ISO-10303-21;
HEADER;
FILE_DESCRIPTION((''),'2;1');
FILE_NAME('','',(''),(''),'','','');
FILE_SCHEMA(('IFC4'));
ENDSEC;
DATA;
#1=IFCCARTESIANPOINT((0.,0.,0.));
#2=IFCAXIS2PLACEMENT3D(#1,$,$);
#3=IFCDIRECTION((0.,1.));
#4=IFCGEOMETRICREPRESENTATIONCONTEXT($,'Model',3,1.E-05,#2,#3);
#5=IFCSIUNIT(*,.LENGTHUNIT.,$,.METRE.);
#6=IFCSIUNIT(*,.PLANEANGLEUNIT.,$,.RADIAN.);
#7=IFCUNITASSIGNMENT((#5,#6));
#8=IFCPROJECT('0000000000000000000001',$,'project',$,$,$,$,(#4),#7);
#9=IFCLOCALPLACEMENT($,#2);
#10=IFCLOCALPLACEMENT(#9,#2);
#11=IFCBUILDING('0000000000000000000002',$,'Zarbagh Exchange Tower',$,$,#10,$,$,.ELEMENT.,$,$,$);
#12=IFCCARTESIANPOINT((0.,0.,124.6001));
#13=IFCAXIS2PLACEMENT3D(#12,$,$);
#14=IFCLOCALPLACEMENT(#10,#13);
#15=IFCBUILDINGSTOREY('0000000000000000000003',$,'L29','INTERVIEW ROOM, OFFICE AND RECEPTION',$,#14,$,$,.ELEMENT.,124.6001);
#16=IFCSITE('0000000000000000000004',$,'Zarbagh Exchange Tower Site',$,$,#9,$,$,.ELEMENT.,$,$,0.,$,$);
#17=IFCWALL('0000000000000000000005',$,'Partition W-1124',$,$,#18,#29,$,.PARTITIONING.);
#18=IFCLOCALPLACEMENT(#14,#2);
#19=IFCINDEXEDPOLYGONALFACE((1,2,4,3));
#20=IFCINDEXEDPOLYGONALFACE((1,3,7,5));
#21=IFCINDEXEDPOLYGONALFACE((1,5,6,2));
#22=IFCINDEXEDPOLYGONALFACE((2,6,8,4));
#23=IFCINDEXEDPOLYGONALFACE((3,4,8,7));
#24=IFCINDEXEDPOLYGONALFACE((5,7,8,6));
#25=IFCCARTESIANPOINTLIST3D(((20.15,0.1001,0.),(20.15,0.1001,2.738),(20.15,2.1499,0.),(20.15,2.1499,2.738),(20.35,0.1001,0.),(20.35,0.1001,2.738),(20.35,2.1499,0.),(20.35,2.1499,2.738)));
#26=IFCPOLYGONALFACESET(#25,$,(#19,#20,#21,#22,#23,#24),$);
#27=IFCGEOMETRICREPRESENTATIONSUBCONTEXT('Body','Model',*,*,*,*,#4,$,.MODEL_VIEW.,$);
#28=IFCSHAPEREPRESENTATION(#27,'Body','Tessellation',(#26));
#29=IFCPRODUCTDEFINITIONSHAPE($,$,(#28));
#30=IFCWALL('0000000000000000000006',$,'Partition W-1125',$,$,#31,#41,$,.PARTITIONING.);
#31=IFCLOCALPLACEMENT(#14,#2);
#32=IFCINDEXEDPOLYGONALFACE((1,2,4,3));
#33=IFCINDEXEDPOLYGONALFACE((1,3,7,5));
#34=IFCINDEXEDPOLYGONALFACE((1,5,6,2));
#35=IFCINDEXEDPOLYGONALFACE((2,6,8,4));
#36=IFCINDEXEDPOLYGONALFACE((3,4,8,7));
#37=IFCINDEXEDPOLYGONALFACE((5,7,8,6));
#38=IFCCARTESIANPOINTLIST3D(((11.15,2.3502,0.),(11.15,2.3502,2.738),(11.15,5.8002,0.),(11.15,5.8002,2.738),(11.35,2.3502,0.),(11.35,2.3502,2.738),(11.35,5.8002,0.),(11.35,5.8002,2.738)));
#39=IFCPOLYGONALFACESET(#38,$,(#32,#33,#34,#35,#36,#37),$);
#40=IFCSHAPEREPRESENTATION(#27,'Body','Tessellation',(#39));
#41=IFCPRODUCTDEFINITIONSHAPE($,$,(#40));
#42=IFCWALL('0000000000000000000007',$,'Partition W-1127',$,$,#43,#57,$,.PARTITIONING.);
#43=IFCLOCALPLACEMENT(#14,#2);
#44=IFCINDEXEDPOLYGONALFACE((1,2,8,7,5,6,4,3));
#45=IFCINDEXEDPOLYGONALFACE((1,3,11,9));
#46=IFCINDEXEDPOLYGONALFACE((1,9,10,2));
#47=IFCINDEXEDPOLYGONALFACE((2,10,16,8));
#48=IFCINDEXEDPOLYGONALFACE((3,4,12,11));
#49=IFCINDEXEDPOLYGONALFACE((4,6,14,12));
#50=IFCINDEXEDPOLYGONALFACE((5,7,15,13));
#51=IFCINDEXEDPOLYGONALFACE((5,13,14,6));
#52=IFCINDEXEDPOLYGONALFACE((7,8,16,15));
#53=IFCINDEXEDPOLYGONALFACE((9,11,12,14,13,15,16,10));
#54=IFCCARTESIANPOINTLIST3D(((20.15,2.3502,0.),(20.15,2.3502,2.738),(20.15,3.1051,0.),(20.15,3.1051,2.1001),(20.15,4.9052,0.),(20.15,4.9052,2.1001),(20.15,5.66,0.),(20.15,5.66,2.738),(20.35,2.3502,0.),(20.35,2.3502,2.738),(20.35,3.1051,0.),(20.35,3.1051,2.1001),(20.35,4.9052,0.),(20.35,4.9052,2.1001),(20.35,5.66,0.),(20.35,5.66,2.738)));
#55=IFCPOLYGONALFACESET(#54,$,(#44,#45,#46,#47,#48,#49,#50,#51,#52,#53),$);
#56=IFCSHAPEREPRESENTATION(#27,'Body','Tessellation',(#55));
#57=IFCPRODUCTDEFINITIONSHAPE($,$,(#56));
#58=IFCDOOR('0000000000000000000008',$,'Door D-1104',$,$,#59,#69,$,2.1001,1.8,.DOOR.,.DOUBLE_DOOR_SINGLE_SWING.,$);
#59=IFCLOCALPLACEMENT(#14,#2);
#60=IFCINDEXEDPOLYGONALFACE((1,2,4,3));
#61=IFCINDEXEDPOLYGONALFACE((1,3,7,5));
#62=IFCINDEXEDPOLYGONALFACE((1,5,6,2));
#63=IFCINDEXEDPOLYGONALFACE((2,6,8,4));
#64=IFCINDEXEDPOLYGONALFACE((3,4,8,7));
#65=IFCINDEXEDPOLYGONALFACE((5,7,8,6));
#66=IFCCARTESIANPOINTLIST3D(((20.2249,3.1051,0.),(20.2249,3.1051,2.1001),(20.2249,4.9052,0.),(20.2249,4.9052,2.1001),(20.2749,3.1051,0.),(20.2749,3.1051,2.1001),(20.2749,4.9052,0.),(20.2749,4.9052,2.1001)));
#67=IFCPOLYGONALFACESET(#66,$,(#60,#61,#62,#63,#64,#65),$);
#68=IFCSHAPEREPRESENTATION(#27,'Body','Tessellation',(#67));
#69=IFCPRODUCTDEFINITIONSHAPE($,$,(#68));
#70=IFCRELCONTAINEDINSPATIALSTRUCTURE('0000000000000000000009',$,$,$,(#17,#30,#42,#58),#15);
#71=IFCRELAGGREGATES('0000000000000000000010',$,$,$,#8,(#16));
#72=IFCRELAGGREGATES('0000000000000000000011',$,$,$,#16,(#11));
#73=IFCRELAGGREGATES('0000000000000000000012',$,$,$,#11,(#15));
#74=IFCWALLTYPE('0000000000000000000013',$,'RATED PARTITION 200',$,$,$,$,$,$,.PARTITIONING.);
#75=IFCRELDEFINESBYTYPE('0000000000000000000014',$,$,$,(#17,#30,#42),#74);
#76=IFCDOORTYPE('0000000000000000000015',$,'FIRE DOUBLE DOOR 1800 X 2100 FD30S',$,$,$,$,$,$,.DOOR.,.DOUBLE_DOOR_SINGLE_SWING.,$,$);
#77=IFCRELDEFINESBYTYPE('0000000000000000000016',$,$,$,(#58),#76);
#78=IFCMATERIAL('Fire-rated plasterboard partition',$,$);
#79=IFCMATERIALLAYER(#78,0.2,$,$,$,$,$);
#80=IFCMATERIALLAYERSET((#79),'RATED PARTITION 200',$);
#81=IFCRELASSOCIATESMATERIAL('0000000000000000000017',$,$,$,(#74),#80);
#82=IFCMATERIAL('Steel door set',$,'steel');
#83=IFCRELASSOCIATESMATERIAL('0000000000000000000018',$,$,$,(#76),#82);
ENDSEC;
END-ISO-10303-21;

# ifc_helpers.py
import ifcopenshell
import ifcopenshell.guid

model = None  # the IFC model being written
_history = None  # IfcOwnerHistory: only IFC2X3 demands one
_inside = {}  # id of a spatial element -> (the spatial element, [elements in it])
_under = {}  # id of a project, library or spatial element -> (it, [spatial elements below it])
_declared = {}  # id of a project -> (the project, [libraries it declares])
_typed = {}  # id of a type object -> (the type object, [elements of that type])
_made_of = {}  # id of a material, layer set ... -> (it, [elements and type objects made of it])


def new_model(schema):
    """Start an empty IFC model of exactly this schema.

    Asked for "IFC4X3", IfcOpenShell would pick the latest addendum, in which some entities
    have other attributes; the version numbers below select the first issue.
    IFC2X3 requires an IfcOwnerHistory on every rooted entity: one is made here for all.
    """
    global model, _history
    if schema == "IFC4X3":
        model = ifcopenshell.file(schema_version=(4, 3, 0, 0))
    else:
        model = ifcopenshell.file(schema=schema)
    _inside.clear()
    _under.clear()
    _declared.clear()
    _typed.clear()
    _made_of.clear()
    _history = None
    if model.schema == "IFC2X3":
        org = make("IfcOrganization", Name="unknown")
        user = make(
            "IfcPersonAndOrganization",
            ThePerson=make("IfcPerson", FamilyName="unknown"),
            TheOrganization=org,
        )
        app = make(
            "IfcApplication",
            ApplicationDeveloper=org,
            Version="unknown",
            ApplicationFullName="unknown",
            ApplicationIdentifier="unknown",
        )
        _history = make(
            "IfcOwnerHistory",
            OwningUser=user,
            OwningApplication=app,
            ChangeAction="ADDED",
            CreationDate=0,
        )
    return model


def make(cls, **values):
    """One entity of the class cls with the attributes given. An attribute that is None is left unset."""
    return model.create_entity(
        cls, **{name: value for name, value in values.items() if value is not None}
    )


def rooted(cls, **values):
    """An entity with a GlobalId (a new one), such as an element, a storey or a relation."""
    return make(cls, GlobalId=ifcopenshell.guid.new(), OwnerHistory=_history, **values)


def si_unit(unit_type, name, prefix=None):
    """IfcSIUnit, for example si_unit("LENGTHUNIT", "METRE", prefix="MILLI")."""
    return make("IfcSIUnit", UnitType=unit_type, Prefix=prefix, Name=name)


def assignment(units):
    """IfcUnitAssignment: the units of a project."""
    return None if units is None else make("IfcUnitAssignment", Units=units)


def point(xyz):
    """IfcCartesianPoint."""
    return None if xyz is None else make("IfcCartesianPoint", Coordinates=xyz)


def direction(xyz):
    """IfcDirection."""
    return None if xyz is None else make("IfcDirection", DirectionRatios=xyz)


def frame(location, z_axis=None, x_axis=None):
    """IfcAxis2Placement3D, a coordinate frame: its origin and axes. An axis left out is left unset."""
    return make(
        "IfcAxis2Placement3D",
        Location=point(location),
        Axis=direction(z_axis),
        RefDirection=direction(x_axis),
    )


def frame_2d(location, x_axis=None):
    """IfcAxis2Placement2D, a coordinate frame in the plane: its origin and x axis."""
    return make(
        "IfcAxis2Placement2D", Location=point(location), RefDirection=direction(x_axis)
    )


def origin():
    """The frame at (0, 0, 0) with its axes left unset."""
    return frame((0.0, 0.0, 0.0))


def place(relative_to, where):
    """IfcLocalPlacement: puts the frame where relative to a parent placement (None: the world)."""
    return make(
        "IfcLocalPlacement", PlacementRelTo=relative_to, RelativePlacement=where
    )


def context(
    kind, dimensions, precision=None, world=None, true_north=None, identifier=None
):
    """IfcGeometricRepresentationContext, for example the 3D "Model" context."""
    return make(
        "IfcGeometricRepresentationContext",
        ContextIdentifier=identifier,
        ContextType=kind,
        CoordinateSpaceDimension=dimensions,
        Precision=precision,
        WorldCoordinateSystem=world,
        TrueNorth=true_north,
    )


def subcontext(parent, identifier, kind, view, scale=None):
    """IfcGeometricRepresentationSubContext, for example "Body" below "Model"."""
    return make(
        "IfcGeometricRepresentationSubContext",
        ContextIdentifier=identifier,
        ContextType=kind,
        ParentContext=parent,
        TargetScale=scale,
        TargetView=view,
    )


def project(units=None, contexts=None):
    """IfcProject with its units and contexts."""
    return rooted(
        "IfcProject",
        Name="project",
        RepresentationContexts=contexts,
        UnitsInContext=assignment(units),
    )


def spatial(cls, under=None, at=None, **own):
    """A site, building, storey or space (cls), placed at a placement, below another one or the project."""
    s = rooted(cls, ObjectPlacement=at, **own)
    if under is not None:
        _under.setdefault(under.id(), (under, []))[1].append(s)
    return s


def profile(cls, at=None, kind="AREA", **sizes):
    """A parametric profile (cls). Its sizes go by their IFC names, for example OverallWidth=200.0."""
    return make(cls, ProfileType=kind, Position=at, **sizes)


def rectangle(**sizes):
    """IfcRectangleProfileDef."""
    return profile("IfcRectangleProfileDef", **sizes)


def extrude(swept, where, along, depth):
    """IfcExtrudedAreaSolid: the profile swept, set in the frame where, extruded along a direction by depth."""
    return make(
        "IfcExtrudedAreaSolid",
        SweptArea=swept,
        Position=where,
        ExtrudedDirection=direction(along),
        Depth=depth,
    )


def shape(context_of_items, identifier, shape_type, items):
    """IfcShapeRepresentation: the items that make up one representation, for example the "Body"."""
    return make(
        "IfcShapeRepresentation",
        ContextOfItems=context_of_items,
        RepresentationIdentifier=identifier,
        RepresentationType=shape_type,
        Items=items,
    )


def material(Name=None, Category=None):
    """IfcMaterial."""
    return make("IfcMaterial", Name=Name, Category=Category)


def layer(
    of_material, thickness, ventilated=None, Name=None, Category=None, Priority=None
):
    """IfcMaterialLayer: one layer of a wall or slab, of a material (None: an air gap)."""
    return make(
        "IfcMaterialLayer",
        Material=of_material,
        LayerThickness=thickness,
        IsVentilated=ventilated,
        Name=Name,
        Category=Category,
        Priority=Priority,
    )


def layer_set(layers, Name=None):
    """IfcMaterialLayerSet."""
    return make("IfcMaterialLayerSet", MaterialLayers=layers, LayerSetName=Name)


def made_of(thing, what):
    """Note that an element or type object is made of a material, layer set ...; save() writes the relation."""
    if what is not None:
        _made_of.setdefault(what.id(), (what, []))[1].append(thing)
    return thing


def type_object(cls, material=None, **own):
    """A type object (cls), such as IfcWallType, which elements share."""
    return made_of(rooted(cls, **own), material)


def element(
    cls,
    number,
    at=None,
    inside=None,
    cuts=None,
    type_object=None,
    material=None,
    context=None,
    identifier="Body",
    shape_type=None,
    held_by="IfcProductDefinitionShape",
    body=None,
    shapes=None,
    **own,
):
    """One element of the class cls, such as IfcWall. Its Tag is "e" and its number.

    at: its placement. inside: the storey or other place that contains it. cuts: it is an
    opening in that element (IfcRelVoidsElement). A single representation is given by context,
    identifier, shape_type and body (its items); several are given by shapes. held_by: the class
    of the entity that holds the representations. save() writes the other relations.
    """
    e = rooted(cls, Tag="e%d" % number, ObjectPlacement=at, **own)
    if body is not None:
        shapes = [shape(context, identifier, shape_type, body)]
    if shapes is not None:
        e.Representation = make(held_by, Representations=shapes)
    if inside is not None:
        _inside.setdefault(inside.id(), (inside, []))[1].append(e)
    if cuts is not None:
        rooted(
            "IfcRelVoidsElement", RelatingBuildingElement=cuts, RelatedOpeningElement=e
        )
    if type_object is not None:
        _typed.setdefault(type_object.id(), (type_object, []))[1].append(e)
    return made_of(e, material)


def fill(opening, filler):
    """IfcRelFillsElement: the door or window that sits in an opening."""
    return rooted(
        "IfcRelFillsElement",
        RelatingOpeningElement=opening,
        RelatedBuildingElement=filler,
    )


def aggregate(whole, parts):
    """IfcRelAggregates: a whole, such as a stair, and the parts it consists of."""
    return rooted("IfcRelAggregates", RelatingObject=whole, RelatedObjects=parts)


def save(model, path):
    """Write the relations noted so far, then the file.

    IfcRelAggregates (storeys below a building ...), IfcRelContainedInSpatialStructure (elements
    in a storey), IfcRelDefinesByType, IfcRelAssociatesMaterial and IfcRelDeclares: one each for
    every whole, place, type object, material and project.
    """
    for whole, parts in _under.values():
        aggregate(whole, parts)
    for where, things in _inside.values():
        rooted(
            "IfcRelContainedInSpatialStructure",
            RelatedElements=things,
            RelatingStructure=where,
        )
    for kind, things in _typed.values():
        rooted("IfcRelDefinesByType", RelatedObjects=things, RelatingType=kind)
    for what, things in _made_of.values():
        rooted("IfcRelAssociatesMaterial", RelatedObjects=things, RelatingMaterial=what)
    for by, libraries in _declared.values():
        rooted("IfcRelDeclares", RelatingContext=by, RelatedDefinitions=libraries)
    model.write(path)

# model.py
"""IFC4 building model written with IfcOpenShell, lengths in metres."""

from ifc_helpers import new_model, si_unit, direction, frame, frame_2d, origin, place, context, subcontext, project, spatial, rectangle, extrude, material, layer, layer_set, type_object, element, fill, save


model = new_model("IFC4")

# Units and contexts
model_context = context("Model", 3, precision=1e-05, world=origin(), true_north=direction((0.0, 1.0)))
body_context = subcontext(model_context, "Body", "Model", "MODEL_VIEW")
ifc_project = project(units=[si_unit("LENGTHUNIT", "METRE"), si_unit("PLANEANGLEUNIT", "RADIAN")], contexts=[model_context])

# Site, building, storey
site_placement = place(None, origin())
site = spatial("IfcSite", under=ifc_project, at=site_placement, Name="Zarbagh Exchange Tower Site", CompositionType="ELEMENT", RefElevation=0.0)
building_placement = place(site_placement, origin())
building = spatial("IfcBuilding", under=site, at=building_placement, Name="Zarbagh Exchange Tower", CompositionType="ELEMENT")
storey_placement = place(building_placement, frame((0.0, 0.0, 124.6001)))
storey = spatial("IfcBuildingStorey", under=building, at=storey_placement, Name="L29", Description="INTERVIEW ROOM, OFFICE AND RECEPTION", CompositionType="ELEMENT", Elevation=124.6001)

# Shared definitions
ifc_material_1 = material(Name="Fire-rated plasterboard partition")
ifc_layer = layer(ifc_material_1, 0.2)
ifc_layer_set = layer_set([ifc_layer], Name="RATED PARTITION 200")
wall_type = type_object("IfcWallType", Name="RATED PARTITION 200", PredefinedType="PARTITIONING", material=ifc_layer_set)
ifc_material_2 = material(Name="Steel door set", Category="steel")

# Walls
wall_1_placement = place(storey_placement, frame((20.25, 0.1001, 0.0), z_axis=(0.0, 0.0, 1.0), x_axis=(0.0, 1.0, 0.0)))
element("IfcWall", 1, at=wall_1_placement, inside=storey, type_object=wall_type, Name="Partition W-1124", PredefinedType="PARTITIONING", context=body_context, shape_type="SweptSolid", body=[
    extrude(rectangle(XDim=2.0498, YDim=0.2, at=frame_2d((1.0249, 0.0))), origin(), (0.0, 0.0, 1.0), 2.738),
])
wall_2_placement = place(storey_placement, frame((11.25, 2.3501, 0.0), z_axis=(0.0, 0.0, 1.0), x_axis=(0.0, 1.0, 0.0)))
element("IfcWall", 2, at=wall_2_placement, inside=storey, type_object=wall_type, Name="Partition W-1125", PredefinedType="PARTITIONING", context=body_context, shape_type="SweptSolid", body=[
    extrude(rectangle(XDim=3.45, YDim=0.2, at=frame_2d((1.7251, 0.0))), origin(), (0.0, 0.0, 1.0), 2.738),
])

# Wall, opening, door
wall_3_placement = place(storey_placement, frame((20.25, 5.6599, 0.0), z_axis=(0.0, 0.0, 1.0), x_axis=(0.0, -1.0, 0.0)))
wall_3 = element("IfcWall", 3, at=wall_3_placement, inside=storey, type_object=wall_type, Name="Partition W-1127", PredefinedType="PARTITIONING", context=body_context, shape_type="SweptSolid", body=[
    extrude(rectangle(XDim=3.3098, YDim=0.2, at=frame_2d((1.6548, 0.0))), origin(), (0.0, 0.0, 1.0), 2.738),
])
opening_1_placement = place(wall_3_placement, frame((0.7549, 0.0, 0.0)))
opening_1 = element("IfcOpeningElement", 4, at=opening_1_placement, cuts=wall_3, PredefinedType="OPENING", context=body_context, shape_type="SweptSolid", body=[
    extrude(rectangle(XDim=1.8, YDim=2.1001, at=frame_2d((0.8999, 1.05))), frame((0.0, 0.1099, 0.0), z_axis=(0.0, -1.0, 0.0), x_axis=(1.0, 0.0, 0.0)), (0.0, 0.0, 1.0), 0.22),
])
door_type_1 = type_object("IfcDoorType", Name="FIRE DOUBLE DOOR 1800 X 2100 FD30S", OperationType="DOUBLE_DOOR_SINGLE_SWING", PredefinedType="DOOR", material=ifc_material_2)
door_1_placement = place(opening_1_placement, origin())
door_1 = element("IfcDoor", 5, at=door_1_placement, inside=storey, type_object=door_type_1, Name="Door D-1104", OperationType="DOUBLE_DOOR_SINGLE_SWING", OverallHeight=2.1001, OverallWidth=1.8, PredefinedType="DOOR", context=body_context, shape_type="SweptSolid", body=[
    extrude(rectangle(XDim=1.8, YDim=2.1001, at=frame_2d((0.8999, 1.05))), frame((0.0, 0.0249, 0.0), z_axis=(0.0, -1.0, 0.0), x_axis=(1.0, 0.0, 0.0)), (0.0, 0.0, 1.0), 0.05),
])
fill(opening_1, door_1)

save(model, "model.ifc")
